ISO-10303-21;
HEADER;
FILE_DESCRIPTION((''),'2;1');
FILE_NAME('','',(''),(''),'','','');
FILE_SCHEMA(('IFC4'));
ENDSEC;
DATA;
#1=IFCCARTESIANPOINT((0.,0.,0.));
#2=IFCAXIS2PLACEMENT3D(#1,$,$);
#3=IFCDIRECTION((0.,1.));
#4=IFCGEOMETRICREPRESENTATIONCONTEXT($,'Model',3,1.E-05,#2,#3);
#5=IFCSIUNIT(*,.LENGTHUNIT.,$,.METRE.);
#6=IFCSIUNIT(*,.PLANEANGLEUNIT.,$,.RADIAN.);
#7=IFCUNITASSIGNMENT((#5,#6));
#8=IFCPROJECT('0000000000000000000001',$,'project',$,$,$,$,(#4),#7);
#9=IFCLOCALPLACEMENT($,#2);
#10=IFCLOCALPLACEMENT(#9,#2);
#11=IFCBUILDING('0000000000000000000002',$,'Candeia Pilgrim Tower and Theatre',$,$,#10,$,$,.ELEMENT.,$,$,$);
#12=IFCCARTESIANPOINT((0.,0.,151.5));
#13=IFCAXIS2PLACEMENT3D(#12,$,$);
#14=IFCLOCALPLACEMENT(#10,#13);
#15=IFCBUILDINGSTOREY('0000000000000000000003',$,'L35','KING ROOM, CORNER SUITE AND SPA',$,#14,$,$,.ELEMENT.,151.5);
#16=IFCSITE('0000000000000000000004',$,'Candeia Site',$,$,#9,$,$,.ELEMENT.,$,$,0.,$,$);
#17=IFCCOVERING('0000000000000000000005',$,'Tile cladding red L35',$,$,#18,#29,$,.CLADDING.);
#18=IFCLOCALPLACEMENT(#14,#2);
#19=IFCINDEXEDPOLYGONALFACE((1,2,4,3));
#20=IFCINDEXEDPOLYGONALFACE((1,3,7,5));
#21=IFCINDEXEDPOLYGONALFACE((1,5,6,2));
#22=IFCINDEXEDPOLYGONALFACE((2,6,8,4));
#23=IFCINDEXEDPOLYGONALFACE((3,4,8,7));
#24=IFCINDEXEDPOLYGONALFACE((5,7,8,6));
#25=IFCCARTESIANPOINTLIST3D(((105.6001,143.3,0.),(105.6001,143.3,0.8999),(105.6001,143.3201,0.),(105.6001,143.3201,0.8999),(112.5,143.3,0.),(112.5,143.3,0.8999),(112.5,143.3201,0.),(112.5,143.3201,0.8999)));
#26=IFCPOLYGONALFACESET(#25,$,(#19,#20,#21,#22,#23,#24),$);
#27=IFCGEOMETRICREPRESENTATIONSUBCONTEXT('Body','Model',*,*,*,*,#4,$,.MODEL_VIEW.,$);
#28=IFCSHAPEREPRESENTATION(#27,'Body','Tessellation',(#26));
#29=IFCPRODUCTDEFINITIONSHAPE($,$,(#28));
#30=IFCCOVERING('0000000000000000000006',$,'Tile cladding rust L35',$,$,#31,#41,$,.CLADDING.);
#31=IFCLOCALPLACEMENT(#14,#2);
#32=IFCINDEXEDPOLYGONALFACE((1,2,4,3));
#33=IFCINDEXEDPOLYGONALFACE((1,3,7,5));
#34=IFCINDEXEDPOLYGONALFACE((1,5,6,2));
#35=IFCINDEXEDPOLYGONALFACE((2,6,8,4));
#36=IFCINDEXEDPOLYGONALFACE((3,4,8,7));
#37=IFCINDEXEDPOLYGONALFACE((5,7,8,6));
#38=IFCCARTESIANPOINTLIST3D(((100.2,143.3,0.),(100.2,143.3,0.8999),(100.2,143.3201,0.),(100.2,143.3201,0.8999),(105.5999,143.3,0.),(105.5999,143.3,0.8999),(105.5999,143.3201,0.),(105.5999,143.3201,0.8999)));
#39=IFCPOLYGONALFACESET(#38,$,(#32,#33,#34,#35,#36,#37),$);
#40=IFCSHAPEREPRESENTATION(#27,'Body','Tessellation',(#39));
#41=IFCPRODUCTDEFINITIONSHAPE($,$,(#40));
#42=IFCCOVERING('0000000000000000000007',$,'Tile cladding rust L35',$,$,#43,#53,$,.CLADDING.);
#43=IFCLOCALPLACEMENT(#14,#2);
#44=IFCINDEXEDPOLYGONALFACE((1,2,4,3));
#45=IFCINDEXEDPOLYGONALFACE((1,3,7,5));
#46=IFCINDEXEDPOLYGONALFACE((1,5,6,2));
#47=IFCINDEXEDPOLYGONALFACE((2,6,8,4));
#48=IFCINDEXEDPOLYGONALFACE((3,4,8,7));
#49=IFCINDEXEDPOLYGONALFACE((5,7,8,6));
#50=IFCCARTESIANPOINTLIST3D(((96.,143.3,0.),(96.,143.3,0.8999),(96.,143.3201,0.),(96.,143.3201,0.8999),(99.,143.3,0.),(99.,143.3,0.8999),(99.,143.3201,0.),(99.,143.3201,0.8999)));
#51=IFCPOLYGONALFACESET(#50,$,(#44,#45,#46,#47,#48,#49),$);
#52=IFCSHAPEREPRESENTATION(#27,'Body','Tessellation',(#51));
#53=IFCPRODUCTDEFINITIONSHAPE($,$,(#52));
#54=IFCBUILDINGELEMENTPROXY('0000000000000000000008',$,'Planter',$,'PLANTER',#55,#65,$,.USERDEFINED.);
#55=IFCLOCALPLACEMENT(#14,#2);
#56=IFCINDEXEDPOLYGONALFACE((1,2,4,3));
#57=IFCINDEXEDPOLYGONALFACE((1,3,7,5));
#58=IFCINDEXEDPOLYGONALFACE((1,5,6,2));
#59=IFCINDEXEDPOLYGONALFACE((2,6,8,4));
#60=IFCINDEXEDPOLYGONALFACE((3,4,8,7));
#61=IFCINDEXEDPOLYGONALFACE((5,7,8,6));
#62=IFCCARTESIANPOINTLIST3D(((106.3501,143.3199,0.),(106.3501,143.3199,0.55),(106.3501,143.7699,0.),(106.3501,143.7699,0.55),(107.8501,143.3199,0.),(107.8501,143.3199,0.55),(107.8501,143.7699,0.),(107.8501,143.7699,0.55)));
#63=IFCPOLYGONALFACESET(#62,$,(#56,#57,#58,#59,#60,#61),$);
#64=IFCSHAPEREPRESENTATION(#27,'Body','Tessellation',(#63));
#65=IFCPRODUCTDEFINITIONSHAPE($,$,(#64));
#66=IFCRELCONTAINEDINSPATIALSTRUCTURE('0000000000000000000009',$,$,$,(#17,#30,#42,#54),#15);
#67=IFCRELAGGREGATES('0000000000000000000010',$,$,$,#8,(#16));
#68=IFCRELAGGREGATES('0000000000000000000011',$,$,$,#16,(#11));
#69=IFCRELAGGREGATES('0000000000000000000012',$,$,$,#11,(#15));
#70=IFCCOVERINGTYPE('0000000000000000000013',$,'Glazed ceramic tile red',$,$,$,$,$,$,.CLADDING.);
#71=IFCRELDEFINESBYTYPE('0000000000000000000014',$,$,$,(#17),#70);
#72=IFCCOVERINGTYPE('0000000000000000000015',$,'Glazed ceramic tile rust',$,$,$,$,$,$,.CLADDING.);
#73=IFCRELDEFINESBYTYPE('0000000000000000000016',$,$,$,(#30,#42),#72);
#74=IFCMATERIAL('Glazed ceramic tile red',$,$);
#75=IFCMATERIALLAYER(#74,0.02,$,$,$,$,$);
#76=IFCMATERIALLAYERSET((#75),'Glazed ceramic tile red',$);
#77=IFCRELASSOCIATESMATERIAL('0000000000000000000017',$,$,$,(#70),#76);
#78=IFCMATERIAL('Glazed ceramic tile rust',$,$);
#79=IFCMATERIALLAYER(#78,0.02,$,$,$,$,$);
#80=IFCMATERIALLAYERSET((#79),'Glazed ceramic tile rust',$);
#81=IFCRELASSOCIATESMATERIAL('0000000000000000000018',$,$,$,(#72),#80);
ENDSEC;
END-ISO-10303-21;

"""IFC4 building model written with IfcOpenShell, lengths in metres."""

from ifc_helpers import new_model, si_unit, direction, frame, origin, origin_2d, place, context, subcontext, project, spatial, rectangle, extrude, material, layer, layer_set, type_object, element, save


model = new_model("IFC4")

# Units and contexts
model_context = context("Model", 3, precision=1e-05, world=origin(), true_north=direction((0.0, 1.0)))
body_context = subcontext(model_context, "Body", "Model", "MODEL_VIEW")
ifc_project = project(units=[si_unit("LENGTHUNIT", "METRE"), si_unit("PLANEANGLEUNIT", "RADIAN")], contexts=[model_context])

# Site, building, storey
site_placement = place(None, origin())
site = spatial("IfcSite", under=ifc_project, at=site_placement, Name="Candeia Site", CompositionType="ELEMENT", RefElevation=0.0)
building_placement = place(site_placement, origin())
building = spatial("IfcBuilding", under=site, at=building_placement, Name="Candeia Pilgrim Tower and Theatre", CompositionType="ELEMENT")
storey_placement = place(building_placement, frame((0.0, 0.0, 151.5)))
storey = spatial("IfcBuildingStorey", under=building, at=storey_placement, Name="L35", Description="KING ROOM, CORNER SUITE AND SPA", CompositionType="ELEMENT", Elevation=151.5)

# Coverings
ifc_material_1 = material(Name="Glazed ceramic tile red")
ifc_layer_1 = layer(ifc_material_1, 0.02)
ifc_layer_set_1 = layer_set([ifc_layer_1], Name="Glazed ceramic tile red")
covering_type_1 = type_object("IfcCoveringType", Name="Glazed ceramic tile red", PredefinedType="CLADDING", material=ifc_layer_set_1)
covering_1_placement = place(storey_placement, frame((109.05, 143.3101, 0.0), z_axis=(0.0, 0.0, 1.0), x_axis=(-1.0, 0.0, 0.0)))
element("IfcCovering", 1, at=covering_1_placement, inside=storey, type_object=covering_type_1, Name="Tile cladding red L35", PredefinedType="CLADDING", context=body_context, shape_type="SweptSolid", body=[
    extrude(rectangle(XDim=6.8999, YDim=0.02, at=origin_2d()), origin(), (0.0, 0.0, 1.0), 0.8999),
])
ifc_material_2 = material(Name="Glazed ceramic tile rust")
ifc_layer_2 = layer(ifc_material_2, 0.02)
ifc_layer_set_2 = layer_set([ifc_layer_2], Name="Glazed ceramic tile rust")
covering_type_2 = type_object("IfcCoveringType", Name="Glazed ceramic tile rust", PredefinedType="CLADDING", material=ifc_layer_set_2)
covering_2_placement = place(storey_placement, frame((102.8999, 143.3101, 0.0), z_axis=(0.0, 0.0, 1.0), x_axis=(-1.0, 0.0, 0.0)))
element("IfcCovering", 2, at=covering_2_placement, inside=storey, type_object=covering_type_2, Name="Tile cladding rust L35", PredefinedType="CLADDING", context=body_context, shape_type="SweptSolid", body=[
    extrude(rectangle(XDim=5.3999, YDim=0.02, at=origin_2d()), origin(), (0.0, 0.0, 1.0), 0.8999),
])
covering_3_placement = place(storey_placement, frame((97.5, 143.3101, 0.0), z_axis=(0.0, 0.0, 1.0), x_axis=(-1.0, 0.0, 0.0)))
element("IfcCovering", 3, at=covering_3_placement, inside=storey, type_object=covering_type_2, Name="Tile cladding rust L35", PredefinedType="CLADDING", context=body_context, shape_type="SweptSolid", body=[
    extrude(rectangle(XDim=3.0, YDim=0.02, at=origin_2d()), origin(), (0.0, 0.0, 1.0), 0.8999),
])

# Building element proxy
proxy_placement = place(storey_placement, frame((107.1001, 143.5449, 0.0), z_axis=(0.0, 0.0, 1.0), x_axis=(-1.0, 0.0, 0.0)))
element("IfcBuildingElementProxy", 4, at=proxy_placement, inside=storey, Name="Planter", ObjectType="PLANTER", PredefinedType="USERDEFINED", context=body_context, shape_type="SweptSolid", body=[
    extrude(rectangle(XDim=1.5, YDim=0.45, at=origin_2d()), origin(), (0.0, 0.0, 1.0), 0.55),
])

save(model, "model.ifc")
